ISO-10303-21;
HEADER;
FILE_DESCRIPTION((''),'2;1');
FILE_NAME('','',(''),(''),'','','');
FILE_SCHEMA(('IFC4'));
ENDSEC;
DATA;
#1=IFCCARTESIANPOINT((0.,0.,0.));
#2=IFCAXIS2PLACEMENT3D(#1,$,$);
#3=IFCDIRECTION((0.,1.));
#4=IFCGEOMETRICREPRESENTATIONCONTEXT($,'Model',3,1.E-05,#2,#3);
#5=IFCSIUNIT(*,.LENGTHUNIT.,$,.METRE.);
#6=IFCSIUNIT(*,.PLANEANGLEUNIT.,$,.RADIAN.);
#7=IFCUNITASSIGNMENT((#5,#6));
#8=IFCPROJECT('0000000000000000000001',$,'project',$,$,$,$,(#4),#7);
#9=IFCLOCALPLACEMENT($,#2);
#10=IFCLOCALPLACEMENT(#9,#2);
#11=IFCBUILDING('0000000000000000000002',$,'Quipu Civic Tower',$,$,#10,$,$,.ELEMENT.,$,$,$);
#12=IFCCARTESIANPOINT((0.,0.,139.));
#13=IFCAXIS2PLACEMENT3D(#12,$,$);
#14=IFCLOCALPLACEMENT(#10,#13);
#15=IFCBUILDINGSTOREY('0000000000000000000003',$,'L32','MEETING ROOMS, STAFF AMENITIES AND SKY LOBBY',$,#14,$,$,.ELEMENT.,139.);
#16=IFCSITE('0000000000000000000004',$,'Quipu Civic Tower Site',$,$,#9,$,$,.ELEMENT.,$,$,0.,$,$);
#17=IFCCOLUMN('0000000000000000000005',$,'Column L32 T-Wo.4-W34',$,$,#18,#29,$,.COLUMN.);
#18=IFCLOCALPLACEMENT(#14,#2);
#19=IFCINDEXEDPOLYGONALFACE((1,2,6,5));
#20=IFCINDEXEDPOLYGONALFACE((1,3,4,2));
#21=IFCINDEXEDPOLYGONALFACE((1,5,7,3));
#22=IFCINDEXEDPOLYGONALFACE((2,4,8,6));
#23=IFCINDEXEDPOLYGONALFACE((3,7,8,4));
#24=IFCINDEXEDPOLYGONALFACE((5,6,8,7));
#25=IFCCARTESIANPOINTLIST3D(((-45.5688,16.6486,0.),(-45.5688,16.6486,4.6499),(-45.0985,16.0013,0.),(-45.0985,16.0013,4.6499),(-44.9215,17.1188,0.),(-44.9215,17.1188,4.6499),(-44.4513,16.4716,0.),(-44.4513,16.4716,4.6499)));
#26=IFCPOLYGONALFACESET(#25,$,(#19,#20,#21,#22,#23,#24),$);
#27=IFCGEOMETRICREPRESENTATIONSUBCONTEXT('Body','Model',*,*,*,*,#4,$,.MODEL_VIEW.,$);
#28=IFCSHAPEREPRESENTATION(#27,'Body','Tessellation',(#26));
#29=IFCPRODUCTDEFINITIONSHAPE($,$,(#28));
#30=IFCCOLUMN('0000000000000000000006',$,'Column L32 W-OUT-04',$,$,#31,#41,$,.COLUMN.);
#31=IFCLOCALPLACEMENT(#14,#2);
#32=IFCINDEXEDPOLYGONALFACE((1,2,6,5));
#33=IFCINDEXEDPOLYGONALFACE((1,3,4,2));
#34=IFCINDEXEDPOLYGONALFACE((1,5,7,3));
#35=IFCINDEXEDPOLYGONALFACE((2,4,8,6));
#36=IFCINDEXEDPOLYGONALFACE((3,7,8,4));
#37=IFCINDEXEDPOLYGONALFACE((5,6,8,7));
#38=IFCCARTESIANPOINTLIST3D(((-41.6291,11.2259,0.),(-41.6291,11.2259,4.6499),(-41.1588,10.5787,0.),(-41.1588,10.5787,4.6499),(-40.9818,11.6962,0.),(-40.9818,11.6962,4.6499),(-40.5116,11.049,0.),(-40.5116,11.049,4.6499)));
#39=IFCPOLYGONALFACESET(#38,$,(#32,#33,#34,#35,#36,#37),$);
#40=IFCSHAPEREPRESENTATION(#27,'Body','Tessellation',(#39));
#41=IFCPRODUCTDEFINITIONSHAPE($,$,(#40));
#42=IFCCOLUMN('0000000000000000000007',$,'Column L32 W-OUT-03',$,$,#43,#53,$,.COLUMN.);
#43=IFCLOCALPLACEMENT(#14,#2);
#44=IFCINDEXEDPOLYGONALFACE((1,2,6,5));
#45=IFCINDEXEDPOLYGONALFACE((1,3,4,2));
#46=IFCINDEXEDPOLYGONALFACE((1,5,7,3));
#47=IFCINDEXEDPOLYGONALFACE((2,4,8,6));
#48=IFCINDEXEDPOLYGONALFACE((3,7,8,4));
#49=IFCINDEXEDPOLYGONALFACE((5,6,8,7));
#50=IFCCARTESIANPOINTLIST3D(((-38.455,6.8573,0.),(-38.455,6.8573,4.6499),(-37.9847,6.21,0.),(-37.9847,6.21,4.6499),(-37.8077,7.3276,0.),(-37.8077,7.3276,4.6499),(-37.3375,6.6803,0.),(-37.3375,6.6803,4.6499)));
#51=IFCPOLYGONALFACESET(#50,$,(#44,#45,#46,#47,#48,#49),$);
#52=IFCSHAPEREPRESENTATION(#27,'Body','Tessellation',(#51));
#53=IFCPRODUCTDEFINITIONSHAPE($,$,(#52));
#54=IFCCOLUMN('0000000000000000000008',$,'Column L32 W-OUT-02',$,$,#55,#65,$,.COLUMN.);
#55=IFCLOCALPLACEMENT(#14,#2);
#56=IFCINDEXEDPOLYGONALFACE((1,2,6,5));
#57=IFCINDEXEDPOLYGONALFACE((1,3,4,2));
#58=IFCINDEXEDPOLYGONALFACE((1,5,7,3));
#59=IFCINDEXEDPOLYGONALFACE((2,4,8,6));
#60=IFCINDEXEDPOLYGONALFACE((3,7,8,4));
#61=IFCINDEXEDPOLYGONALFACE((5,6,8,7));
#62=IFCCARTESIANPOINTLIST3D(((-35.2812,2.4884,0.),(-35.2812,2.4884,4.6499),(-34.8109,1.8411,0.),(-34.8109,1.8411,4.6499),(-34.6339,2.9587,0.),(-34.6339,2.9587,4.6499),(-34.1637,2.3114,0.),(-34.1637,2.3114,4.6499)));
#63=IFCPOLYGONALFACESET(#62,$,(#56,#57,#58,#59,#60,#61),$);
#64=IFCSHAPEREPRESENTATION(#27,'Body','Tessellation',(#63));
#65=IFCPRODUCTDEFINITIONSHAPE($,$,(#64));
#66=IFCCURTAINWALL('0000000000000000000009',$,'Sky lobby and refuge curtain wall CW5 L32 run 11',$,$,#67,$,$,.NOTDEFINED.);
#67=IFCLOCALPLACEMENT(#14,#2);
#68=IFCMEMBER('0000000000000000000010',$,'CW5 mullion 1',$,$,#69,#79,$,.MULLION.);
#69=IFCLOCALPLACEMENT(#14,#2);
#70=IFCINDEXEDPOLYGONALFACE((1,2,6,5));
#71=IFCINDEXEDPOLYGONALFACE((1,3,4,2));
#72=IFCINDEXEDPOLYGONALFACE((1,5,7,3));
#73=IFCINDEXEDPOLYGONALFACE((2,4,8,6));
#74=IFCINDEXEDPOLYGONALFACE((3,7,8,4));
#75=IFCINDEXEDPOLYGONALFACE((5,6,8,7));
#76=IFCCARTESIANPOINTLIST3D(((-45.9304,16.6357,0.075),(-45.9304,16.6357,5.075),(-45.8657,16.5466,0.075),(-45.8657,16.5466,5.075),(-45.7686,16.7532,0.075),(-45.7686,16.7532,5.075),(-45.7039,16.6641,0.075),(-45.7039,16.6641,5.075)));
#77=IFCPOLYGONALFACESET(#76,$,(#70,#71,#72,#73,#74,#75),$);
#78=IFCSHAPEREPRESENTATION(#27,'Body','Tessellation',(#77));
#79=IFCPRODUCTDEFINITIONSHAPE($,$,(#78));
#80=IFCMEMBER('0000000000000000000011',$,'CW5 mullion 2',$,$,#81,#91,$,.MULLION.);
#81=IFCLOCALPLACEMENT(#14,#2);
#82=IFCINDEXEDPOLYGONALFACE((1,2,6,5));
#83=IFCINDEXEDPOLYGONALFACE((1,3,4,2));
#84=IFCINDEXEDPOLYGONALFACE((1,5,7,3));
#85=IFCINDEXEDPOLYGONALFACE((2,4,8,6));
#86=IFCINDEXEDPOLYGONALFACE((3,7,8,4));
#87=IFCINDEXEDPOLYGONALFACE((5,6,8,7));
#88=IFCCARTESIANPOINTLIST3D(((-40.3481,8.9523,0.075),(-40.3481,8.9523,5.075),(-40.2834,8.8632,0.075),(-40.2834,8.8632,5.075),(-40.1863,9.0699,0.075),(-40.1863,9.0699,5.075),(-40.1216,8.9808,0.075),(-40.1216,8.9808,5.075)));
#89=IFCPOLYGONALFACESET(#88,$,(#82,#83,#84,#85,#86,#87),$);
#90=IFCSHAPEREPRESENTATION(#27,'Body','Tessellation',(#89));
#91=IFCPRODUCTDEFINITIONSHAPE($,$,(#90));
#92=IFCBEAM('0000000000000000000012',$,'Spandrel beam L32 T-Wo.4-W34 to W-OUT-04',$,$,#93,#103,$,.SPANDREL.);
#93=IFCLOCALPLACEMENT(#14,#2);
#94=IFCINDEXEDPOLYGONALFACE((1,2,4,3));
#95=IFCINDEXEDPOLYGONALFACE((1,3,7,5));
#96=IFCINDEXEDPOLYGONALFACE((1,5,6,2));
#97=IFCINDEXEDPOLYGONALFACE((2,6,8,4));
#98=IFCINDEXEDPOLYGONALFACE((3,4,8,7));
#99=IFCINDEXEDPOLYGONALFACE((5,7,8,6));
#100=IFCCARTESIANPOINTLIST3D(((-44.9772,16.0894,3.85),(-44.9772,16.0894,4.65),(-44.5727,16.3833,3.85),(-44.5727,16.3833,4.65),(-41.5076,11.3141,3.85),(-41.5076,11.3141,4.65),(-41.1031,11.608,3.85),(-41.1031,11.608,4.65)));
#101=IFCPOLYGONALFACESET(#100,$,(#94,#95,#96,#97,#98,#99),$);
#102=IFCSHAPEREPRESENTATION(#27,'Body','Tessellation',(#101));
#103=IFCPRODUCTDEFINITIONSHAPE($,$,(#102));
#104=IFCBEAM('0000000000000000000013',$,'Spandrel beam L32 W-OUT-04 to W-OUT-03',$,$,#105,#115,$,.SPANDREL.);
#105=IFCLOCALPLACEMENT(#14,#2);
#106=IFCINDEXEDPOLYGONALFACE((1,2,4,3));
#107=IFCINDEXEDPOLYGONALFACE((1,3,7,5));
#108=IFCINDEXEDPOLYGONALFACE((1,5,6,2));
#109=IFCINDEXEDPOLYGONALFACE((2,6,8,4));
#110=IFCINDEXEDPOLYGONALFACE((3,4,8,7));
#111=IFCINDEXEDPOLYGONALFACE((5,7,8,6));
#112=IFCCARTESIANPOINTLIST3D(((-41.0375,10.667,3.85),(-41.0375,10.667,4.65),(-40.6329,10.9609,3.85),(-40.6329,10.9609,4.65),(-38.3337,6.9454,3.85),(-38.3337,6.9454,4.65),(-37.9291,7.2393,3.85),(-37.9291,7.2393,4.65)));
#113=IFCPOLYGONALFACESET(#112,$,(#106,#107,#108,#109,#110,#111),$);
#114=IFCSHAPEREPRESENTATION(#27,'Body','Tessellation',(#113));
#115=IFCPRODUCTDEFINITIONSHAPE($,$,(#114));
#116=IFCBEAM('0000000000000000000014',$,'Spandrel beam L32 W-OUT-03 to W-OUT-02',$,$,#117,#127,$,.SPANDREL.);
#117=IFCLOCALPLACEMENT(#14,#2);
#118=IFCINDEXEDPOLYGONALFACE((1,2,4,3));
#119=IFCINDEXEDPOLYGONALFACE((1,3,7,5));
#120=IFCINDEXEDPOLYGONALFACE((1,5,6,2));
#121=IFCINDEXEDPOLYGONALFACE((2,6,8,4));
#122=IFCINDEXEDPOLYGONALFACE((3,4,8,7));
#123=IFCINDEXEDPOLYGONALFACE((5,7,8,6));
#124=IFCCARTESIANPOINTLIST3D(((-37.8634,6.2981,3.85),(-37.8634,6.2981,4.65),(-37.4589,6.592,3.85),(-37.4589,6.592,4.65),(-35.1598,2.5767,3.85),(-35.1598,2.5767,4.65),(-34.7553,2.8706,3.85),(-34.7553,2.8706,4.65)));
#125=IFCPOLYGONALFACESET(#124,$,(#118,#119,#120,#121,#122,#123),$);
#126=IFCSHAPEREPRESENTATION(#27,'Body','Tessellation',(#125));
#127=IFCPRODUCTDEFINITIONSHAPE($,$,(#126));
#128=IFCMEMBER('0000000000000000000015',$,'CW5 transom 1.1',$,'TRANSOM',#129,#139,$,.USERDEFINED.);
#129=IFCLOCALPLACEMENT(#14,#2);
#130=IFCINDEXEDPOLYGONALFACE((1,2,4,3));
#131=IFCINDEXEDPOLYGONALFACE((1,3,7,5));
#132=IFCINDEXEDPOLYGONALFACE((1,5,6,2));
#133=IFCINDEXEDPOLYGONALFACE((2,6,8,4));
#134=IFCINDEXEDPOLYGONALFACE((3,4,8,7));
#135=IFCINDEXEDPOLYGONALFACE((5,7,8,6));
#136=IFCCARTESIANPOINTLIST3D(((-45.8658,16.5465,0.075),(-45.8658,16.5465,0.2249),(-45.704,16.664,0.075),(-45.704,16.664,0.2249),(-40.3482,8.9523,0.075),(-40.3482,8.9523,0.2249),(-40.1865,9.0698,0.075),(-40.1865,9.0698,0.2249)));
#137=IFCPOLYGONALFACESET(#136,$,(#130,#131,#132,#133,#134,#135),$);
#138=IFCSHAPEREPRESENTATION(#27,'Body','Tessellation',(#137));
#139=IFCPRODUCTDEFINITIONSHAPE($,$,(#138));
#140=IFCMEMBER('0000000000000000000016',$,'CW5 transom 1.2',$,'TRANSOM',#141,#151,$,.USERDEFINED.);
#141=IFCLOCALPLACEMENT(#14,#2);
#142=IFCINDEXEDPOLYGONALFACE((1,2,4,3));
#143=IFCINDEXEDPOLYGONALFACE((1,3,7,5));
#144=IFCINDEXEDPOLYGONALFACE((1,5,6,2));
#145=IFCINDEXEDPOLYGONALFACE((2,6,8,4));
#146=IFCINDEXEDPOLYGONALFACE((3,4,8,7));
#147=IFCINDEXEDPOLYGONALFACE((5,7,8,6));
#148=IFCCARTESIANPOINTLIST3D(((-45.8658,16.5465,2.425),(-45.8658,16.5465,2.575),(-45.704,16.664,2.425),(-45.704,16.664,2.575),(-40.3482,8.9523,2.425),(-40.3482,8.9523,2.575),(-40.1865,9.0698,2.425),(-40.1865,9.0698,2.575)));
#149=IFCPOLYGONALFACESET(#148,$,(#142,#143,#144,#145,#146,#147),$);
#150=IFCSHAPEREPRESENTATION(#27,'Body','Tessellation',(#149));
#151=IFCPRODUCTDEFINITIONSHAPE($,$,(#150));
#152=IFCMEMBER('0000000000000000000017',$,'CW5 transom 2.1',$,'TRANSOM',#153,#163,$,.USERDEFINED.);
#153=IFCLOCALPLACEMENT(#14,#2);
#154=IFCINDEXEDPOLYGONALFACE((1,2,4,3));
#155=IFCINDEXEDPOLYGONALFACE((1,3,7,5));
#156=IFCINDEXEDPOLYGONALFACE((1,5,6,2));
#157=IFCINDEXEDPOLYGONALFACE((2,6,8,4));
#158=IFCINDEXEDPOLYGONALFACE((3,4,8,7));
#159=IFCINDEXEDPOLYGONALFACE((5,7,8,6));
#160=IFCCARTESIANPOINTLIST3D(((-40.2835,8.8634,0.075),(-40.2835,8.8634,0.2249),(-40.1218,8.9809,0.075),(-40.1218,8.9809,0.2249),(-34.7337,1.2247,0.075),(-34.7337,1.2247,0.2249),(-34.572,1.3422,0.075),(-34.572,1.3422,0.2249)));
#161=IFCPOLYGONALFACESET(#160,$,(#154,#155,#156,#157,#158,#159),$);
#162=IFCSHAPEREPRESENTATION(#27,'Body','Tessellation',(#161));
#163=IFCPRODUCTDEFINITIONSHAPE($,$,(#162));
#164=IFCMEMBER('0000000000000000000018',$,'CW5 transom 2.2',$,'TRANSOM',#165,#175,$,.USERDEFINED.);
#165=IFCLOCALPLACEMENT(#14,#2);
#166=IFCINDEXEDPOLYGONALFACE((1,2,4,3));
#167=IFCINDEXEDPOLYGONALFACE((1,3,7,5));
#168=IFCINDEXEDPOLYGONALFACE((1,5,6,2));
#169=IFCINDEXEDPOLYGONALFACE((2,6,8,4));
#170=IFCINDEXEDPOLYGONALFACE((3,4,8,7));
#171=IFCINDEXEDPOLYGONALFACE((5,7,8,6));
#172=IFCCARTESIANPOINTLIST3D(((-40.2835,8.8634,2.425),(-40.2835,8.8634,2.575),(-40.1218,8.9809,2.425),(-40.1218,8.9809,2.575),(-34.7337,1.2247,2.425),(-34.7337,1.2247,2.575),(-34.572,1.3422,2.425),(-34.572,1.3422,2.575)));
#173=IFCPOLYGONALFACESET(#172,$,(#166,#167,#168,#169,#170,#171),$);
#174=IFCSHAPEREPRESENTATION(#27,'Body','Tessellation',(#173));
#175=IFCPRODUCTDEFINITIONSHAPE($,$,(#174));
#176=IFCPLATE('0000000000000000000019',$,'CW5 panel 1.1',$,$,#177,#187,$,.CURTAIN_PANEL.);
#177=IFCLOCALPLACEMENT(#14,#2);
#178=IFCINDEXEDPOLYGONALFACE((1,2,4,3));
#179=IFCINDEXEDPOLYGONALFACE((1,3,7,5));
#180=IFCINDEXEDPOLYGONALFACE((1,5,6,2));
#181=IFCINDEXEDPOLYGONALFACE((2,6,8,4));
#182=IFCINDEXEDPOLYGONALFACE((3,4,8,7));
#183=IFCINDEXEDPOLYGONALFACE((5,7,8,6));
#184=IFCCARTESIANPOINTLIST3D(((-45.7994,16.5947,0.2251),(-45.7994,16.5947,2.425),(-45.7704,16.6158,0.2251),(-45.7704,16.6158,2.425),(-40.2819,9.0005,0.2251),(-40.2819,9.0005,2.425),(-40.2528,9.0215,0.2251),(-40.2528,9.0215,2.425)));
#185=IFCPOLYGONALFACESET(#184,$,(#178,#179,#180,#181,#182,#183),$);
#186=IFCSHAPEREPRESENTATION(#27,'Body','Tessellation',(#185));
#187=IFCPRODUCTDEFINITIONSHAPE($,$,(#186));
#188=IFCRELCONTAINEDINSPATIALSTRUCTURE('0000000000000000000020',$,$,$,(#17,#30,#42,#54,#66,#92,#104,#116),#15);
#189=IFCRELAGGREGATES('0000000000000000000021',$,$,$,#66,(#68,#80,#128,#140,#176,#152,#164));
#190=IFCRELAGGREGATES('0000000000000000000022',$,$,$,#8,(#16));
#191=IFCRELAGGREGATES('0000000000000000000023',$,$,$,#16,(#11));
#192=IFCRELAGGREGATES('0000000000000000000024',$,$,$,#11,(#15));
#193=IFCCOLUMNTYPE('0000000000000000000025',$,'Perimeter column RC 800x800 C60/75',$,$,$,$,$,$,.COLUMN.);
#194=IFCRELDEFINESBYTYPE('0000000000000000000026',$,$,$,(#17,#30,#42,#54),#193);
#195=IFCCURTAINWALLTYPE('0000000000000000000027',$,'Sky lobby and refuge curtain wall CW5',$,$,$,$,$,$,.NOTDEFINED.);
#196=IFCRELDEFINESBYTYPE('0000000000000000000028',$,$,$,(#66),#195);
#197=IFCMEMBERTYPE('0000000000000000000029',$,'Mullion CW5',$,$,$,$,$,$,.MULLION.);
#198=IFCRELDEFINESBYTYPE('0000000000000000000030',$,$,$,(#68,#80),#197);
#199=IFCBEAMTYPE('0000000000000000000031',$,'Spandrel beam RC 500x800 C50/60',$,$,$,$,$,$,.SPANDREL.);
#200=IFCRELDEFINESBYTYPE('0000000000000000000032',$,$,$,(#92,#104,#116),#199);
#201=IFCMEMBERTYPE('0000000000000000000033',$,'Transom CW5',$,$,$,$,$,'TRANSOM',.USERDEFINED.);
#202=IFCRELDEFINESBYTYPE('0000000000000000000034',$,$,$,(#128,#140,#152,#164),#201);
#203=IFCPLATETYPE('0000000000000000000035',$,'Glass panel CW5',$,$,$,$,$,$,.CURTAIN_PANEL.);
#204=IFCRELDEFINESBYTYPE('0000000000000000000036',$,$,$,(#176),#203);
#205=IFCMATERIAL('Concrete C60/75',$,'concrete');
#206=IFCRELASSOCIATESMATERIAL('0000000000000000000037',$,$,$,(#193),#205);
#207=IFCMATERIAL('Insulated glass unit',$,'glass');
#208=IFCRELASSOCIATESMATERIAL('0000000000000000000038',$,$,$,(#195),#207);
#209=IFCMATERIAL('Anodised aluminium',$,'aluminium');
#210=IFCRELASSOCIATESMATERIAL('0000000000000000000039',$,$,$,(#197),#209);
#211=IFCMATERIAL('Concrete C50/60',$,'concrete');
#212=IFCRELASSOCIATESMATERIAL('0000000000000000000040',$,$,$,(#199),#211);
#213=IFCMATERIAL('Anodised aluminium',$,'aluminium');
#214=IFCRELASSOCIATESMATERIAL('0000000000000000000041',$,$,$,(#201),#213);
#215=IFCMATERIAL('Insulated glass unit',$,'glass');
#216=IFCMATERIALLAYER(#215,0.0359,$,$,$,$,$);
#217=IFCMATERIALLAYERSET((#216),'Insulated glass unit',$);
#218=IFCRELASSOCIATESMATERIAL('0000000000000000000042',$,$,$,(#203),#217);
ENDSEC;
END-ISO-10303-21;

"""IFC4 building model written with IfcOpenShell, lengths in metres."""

from ifc_helpers import new_model, si_unit, direction, frame, origin, origin_2d, place, context, subcontext, project, spatial, rectangle, extrude, material, layer, layer_set, material_profile, profile_set, type_object, element, aggregate, save


model = new_model("IFC4")

# Units and contexts
model_context = context("Model", 3, precision=1e-05, world=origin(), true_north=direction((0.0, 1.0)))
body_context = subcontext(model_context, "Body", "Model", "MODEL_VIEW")
ifc_project = project(units=[si_unit("LENGTHUNIT", "METRE"), si_unit("PLANEANGLEUNIT", "RADIAN")], contexts=[model_context])

# Site, building, storey
site_placement = place(None, origin())
site = spatial("IfcSite", under=ifc_project, at=site_placement, Name="Quipu Civic Tower Site", CompositionType="ELEMENT", RefElevation=0.0)
building_placement = place(site_placement, origin())
building = spatial("IfcBuilding", under=site, at=building_placement, Name="Quipu Civic Tower", CompositionType="ELEMENT")
storey_placement = place(building_placement, frame((0.0, 0.0, 139.0)))
storey = spatial("IfcBuildingStorey", under=building, at=storey_placement, Name="L32", Description="MEETING ROOMS, STAFF AMENITIES AND SKY LOBBY", CompositionType="ELEMENT", Elevation=139.0)

# Columns
ifc_material_1 = material(Name="Concrete C60/75", Category="concrete")
ifc_material_profile_1 = material_profile(ifc_material_1, rectangle(XDim=0.8, YDim=0.8, at=origin_2d()), Name="RC800x800")
ifc_profile_set_1 = profile_set([ifc_material_profile_1], Name="Concrete C60/75")
column_type = type_object("IfcColumnType", Name="Perimeter column RC 800x800 C60/75", PredefinedType="COLUMN", material=ifc_profile_set_1)
for number, where, z_axis, x_axis, name in (
    (1, (-45.01, 16.5601, 0.0), (0.0, 0.0, 1.0), (0.587785, -0.809017, 0.0), "Column L32 T-Wo.4-W34"),
    (2, (-41.0703, 11.1375, 0.0), (0.0, 0.0, 1.0), (0.587785, -0.809017, 0.0), "Column L32 W-OUT-04"),
    (3, (-37.8962, 6.7688, 0.0), (0.0, 0.0, 1.0), (0.587785, -0.809017, 0.0), "Column L32 W-OUT-03"),
    (4, (-34.7224, 2.3999, 0.0), (0.0, 0.0, 1.0), (0.587785, -0.809017, 0.0), "Column L32 W-OUT-02"),
):
    element("IfcColumn", number, at=place(storey_placement, frame(where, z_axis=z_axis, x_axis=x_axis)), inside=storey, type_object=column_type, Name=name, PredefinedType="COLUMN", context=body_context, shape_type="SweptSolid", body=[
        extrude(rectangle(XDim=0.8, YDim=0.8, at=origin_2d()), origin(), (0.0, 0.0, 1.0), 4.6499),
    ])

# Curtain wall, members
ifc_material_2 = material(Name="Insulated glass unit", Category="glass")
curtain_wall_type = type_object("IfcCurtainWallType", Name="Sky lobby and refuge curtain wall CW5", PredefinedType="NOTDEFINED", material=ifc_material_2)
curtain_wall_placement = place(storey_placement, origin())
curtain_wall = element("IfcCurtainWall", 5, at=curtain_wall_placement, inside=storey, type_object=curtain_wall_type, Name="Sky lobby and refuge curtain wall CW5 L32 run 11", PredefinedType="NOTDEFINED")
ifc_material_3 = material(Name="Anodised aluminium", Category="aluminium")
ifc_material_profile_2 = material_profile(ifc_material_3, rectangle(XDim=0.2, YDim=0.1101, at=origin_2d()), Name="RECT 200x110")
ifc_profile_set_2 = profile_set([ifc_material_profile_2], Name="Anodised aluminium")
member_type_1 = type_object("IfcMemberType", Name="Mullion CW5", PredefinedType="MULLION", material=ifc_profile_set_2)
member_1_placement = place(storey_placement, frame((-45.8171, 16.6499, 0.075), z_axis=(0.0, 0.0, 1.0), x_axis=(0.809017, 0.587786, 0.0)))
member_1 = element("IfcMember", 6, at=member_1_placement, type_object=member_type_1, Name="CW5 mullion 1", PredefinedType="MULLION", context=body_context, shape_type="SweptSolid", body=[
    extrude(rectangle(XDim=0.2, YDim=0.1101, at=origin_2d()), origin(), (0.0, 0.0, 1.0), 5.0),
])
member_2_placement = place(storey_placement, frame((-40.2349, 8.9666, 0.075), z_axis=(0.0, 0.0, 1.0), x_axis=(0.809017, 0.587786, 0.0)))
member_2 = element("IfcMember", 7, at=member_2_placement, type_object=member_type_1, Name="CW5 mullion 2", PredefinedType="MULLION", context=body_context, shape_type="SweptSolid", body=[
    extrude(rectangle(XDim=0.2, YDim=0.1101, at=origin_2d()), origin(), (0.0, 0.0, 1.0), 5.0),
])

# Beams
ifc_material_4 = material(Name="Concrete C50/60", Category="concrete")
ifc_material_profile_3 = material_profile(ifc_material_4, rectangle(XDim=0.5, YDim=0.8, at=origin_2d()), Name="RC500x800")
ifc_profile_set_3 = profile_set([ifc_material_profile_3], Name="Concrete C50/60")
beam_type = type_object("IfcBeamType", Name="Spandrel beam RC 500x800 C50/60", PredefinedType="SPANDREL", material=ifc_profile_set_3)
beam_1_placement = place(storey_placement, frame((-44.7749, 16.2363, 4.25), z_axis=(0.5878, -0.809006, 0.0), x_axis=(0.809006, 0.5878, 0.0)))
element("IfcBeam", 8, at=beam_1_placement, inside=storey, type_object=beam_type, Name="Spandrel beam L32 T-Wo.4-W34 to W-OUT-04", PredefinedType="SPANDREL", context=body_context, shape_type="SweptSolid", body=[
    extrude(rectangle(XDim=0.5, YDim=0.8, at=origin_2d()), origin(), (0.0, 0.0, 1.0), 5.9026),
])
beam_2_placement = place(storey_placement, frame((-40.8352, 10.814, 4.25), z_axis=(0.587771, -0.809027, 0.0), x_axis=(0.809027, 0.587771, 0.0)))
element("IfcBeam", 9, at=beam_2_placement, inside=storey, type_object=beam_type, Name="Spandrel beam L32 W-OUT-04 to W-OUT-03", PredefinedType="SPANDREL", context=body_context, shape_type="SweptSolid", body=[
    extrude(rectangle(XDim=0.5, YDim=0.8, at=origin_2d()), origin(), (0.0, 0.0, 1.0), 4.6001),
])
beam_3_placement = place(storey_placement, frame((-37.6611, 6.4451, 4.25), z_axis=(0.587761, -0.809034, 0.0), x_axis=(0.809034, 0.587761, 0.0)))
element("IfcBeam", 10, at=beam_3_placement, inside=storey, type_object=beam_type, Name="Spandrel beam L32 W-OUT-03 to W-OUT-02", PredefinedType="SPANDREL", context=body_context, shape_type="SweptSolid", body=[
    extrude(rectangle(XDim=0.5, YDim=0.8, at=origin_2d()), origin(), (0.0, 0.0, 1.0), 4.5999),
])

# Members
ifc_material_5 = material(Name="Anodised aluminium", Category="aluminium")
ifc_material_profile_4 = material_profile(ifc_material_5, rectangle(XDim=0.2, YDim=0.1499, at=origin_2d()), Name="RECT 200x150")
ifc_profile_set_4 = profile_set([ifc_material_profile_4], Name="Anodised aluminium")
member_type_2 = type_object("IfcMemberType", Name="Transom CW5", ElementType="TRANSOM", PredefinedType="USERDEFINED", material=ifc_profile_set_4)
member_3_placement = place(storey_placement, frame((-45.7849, 16.6052, 0.1499), z_axis=(0.587788, -0.809015, 0.0), x_axis=(0.809015, 0.587788, 0.0)))
member_3 = element("IfcMember", 11, at=member_3_placement, type_object=member_type_2, Name="CW5 transom 1.1", ObjectType="TRANSOM", PredefinedType="USERDEFINED", context=body_context, shape_type="SweptSolid", body=[
    extrude(rectangle(XDim=0.2, YDim=0.1499, at=origin_2d()), origin(), (0.0, 0.0, 1.0), 9.387),
])
member_4_placement = place(storey_placement, frame((-45.7849, 16.6052, 2.5), z_axis=(0.587788, -0.809015, 0.0), x_axis=(0.809015, 0.587788, 0.0)))
member_4 = element("IfcMember", 12, at=member_4_placement, type_object=member_type_2, Name="CW5 transom 1.2", ObjectType="TRANSOM", PredefinedType="USERDEFINED", context=body_context, shape_type="SweptSolid", body=[
    extrude(rectangle(XDim=0.2, YDim=0.1499, at=origin_2d()), origin(), (0.0, 0.0, 1.0), 9.387),
])
member_5_placement = place(storey_placement, frame((-40.2026, 8.9221, 0.1499), z_axis=(0.587784, -0.809018, 0.0), x_axis=(0.809018, 0.587784, 0.0)))
member_5 = element("IfcMember", 13, at=member_5_placement, type_object=member_type_2, Name="CW5 transom 2.1", ObjectType="TRANSOM", PredefinedType="USERDEFINED", context=body_context, shape_type="SweptSolid", body=[
    extrude(rectangle(XDim=0.2, YDim=0.1499, at=origin_2d()), origin(), (0.0, 0.0, 1.0), 9.4419),
])
member_6_placement = place(storey_placement, frame((-40.2026, 8.9221, 2.5), z_axis=(0.587784, -0.809018, 0.0), x_axis=(0.809018, 0.587784, 0.0)))
member_6 = element("IfcMember", 14, at=member_6_placement, type_object=member_type_2, Name="CW5 transom 2.2", ObjectType="TRANSOM", PredefinedType="USERDEFINED", context=body_context, shape_type="SweptSolid", body=[
    extrude(rectangle(XDim=0.2, YDim=0.1499, at=origin_2d()), origin(), (0.0, 0.0, 1.0), 9.4419),
])

# Plate
ifc_material_6 = material(Name="Insulated glass unit", Category="glass")
ifc_layer = layer(ifc_material_6, 0.0359)
ifc_layer_set = layer_set([ifc_layer], Name="Insulated glass unit")
plate_type_1 = type_object("IfcPlateType", Name="Glass panel CW5", PredefinedType="CURTAIN_PANEL", material=ifc_layer_set)
plate_1_placement = place(storey_placement, frame((-43.0261, 12.8081, 0.2251), z_axis=(0.0, 0.0, 1.0), x_axis=(0.587786, -0.809017, 0.0)))
plate_1 = element("IfcPlate", 15, at=plate_1_placement, type_object=plate_type_1, Name="CW5 panel 1.1", PredefinedType="CURTAIN_PANEL", context=body_context, shape_type="SweptSolid", body=[
    extrude(rectangle(XDim=9.387, YDim=0.0359, at=origin_2d()), origin(), (0.0, 0.0, 1.0), 2.2),
])
aggregate(curtain_wall, [member_1, member_2, member_3, member_4, plate_1, member_5, member_6])

save(model, "model.ifc")
